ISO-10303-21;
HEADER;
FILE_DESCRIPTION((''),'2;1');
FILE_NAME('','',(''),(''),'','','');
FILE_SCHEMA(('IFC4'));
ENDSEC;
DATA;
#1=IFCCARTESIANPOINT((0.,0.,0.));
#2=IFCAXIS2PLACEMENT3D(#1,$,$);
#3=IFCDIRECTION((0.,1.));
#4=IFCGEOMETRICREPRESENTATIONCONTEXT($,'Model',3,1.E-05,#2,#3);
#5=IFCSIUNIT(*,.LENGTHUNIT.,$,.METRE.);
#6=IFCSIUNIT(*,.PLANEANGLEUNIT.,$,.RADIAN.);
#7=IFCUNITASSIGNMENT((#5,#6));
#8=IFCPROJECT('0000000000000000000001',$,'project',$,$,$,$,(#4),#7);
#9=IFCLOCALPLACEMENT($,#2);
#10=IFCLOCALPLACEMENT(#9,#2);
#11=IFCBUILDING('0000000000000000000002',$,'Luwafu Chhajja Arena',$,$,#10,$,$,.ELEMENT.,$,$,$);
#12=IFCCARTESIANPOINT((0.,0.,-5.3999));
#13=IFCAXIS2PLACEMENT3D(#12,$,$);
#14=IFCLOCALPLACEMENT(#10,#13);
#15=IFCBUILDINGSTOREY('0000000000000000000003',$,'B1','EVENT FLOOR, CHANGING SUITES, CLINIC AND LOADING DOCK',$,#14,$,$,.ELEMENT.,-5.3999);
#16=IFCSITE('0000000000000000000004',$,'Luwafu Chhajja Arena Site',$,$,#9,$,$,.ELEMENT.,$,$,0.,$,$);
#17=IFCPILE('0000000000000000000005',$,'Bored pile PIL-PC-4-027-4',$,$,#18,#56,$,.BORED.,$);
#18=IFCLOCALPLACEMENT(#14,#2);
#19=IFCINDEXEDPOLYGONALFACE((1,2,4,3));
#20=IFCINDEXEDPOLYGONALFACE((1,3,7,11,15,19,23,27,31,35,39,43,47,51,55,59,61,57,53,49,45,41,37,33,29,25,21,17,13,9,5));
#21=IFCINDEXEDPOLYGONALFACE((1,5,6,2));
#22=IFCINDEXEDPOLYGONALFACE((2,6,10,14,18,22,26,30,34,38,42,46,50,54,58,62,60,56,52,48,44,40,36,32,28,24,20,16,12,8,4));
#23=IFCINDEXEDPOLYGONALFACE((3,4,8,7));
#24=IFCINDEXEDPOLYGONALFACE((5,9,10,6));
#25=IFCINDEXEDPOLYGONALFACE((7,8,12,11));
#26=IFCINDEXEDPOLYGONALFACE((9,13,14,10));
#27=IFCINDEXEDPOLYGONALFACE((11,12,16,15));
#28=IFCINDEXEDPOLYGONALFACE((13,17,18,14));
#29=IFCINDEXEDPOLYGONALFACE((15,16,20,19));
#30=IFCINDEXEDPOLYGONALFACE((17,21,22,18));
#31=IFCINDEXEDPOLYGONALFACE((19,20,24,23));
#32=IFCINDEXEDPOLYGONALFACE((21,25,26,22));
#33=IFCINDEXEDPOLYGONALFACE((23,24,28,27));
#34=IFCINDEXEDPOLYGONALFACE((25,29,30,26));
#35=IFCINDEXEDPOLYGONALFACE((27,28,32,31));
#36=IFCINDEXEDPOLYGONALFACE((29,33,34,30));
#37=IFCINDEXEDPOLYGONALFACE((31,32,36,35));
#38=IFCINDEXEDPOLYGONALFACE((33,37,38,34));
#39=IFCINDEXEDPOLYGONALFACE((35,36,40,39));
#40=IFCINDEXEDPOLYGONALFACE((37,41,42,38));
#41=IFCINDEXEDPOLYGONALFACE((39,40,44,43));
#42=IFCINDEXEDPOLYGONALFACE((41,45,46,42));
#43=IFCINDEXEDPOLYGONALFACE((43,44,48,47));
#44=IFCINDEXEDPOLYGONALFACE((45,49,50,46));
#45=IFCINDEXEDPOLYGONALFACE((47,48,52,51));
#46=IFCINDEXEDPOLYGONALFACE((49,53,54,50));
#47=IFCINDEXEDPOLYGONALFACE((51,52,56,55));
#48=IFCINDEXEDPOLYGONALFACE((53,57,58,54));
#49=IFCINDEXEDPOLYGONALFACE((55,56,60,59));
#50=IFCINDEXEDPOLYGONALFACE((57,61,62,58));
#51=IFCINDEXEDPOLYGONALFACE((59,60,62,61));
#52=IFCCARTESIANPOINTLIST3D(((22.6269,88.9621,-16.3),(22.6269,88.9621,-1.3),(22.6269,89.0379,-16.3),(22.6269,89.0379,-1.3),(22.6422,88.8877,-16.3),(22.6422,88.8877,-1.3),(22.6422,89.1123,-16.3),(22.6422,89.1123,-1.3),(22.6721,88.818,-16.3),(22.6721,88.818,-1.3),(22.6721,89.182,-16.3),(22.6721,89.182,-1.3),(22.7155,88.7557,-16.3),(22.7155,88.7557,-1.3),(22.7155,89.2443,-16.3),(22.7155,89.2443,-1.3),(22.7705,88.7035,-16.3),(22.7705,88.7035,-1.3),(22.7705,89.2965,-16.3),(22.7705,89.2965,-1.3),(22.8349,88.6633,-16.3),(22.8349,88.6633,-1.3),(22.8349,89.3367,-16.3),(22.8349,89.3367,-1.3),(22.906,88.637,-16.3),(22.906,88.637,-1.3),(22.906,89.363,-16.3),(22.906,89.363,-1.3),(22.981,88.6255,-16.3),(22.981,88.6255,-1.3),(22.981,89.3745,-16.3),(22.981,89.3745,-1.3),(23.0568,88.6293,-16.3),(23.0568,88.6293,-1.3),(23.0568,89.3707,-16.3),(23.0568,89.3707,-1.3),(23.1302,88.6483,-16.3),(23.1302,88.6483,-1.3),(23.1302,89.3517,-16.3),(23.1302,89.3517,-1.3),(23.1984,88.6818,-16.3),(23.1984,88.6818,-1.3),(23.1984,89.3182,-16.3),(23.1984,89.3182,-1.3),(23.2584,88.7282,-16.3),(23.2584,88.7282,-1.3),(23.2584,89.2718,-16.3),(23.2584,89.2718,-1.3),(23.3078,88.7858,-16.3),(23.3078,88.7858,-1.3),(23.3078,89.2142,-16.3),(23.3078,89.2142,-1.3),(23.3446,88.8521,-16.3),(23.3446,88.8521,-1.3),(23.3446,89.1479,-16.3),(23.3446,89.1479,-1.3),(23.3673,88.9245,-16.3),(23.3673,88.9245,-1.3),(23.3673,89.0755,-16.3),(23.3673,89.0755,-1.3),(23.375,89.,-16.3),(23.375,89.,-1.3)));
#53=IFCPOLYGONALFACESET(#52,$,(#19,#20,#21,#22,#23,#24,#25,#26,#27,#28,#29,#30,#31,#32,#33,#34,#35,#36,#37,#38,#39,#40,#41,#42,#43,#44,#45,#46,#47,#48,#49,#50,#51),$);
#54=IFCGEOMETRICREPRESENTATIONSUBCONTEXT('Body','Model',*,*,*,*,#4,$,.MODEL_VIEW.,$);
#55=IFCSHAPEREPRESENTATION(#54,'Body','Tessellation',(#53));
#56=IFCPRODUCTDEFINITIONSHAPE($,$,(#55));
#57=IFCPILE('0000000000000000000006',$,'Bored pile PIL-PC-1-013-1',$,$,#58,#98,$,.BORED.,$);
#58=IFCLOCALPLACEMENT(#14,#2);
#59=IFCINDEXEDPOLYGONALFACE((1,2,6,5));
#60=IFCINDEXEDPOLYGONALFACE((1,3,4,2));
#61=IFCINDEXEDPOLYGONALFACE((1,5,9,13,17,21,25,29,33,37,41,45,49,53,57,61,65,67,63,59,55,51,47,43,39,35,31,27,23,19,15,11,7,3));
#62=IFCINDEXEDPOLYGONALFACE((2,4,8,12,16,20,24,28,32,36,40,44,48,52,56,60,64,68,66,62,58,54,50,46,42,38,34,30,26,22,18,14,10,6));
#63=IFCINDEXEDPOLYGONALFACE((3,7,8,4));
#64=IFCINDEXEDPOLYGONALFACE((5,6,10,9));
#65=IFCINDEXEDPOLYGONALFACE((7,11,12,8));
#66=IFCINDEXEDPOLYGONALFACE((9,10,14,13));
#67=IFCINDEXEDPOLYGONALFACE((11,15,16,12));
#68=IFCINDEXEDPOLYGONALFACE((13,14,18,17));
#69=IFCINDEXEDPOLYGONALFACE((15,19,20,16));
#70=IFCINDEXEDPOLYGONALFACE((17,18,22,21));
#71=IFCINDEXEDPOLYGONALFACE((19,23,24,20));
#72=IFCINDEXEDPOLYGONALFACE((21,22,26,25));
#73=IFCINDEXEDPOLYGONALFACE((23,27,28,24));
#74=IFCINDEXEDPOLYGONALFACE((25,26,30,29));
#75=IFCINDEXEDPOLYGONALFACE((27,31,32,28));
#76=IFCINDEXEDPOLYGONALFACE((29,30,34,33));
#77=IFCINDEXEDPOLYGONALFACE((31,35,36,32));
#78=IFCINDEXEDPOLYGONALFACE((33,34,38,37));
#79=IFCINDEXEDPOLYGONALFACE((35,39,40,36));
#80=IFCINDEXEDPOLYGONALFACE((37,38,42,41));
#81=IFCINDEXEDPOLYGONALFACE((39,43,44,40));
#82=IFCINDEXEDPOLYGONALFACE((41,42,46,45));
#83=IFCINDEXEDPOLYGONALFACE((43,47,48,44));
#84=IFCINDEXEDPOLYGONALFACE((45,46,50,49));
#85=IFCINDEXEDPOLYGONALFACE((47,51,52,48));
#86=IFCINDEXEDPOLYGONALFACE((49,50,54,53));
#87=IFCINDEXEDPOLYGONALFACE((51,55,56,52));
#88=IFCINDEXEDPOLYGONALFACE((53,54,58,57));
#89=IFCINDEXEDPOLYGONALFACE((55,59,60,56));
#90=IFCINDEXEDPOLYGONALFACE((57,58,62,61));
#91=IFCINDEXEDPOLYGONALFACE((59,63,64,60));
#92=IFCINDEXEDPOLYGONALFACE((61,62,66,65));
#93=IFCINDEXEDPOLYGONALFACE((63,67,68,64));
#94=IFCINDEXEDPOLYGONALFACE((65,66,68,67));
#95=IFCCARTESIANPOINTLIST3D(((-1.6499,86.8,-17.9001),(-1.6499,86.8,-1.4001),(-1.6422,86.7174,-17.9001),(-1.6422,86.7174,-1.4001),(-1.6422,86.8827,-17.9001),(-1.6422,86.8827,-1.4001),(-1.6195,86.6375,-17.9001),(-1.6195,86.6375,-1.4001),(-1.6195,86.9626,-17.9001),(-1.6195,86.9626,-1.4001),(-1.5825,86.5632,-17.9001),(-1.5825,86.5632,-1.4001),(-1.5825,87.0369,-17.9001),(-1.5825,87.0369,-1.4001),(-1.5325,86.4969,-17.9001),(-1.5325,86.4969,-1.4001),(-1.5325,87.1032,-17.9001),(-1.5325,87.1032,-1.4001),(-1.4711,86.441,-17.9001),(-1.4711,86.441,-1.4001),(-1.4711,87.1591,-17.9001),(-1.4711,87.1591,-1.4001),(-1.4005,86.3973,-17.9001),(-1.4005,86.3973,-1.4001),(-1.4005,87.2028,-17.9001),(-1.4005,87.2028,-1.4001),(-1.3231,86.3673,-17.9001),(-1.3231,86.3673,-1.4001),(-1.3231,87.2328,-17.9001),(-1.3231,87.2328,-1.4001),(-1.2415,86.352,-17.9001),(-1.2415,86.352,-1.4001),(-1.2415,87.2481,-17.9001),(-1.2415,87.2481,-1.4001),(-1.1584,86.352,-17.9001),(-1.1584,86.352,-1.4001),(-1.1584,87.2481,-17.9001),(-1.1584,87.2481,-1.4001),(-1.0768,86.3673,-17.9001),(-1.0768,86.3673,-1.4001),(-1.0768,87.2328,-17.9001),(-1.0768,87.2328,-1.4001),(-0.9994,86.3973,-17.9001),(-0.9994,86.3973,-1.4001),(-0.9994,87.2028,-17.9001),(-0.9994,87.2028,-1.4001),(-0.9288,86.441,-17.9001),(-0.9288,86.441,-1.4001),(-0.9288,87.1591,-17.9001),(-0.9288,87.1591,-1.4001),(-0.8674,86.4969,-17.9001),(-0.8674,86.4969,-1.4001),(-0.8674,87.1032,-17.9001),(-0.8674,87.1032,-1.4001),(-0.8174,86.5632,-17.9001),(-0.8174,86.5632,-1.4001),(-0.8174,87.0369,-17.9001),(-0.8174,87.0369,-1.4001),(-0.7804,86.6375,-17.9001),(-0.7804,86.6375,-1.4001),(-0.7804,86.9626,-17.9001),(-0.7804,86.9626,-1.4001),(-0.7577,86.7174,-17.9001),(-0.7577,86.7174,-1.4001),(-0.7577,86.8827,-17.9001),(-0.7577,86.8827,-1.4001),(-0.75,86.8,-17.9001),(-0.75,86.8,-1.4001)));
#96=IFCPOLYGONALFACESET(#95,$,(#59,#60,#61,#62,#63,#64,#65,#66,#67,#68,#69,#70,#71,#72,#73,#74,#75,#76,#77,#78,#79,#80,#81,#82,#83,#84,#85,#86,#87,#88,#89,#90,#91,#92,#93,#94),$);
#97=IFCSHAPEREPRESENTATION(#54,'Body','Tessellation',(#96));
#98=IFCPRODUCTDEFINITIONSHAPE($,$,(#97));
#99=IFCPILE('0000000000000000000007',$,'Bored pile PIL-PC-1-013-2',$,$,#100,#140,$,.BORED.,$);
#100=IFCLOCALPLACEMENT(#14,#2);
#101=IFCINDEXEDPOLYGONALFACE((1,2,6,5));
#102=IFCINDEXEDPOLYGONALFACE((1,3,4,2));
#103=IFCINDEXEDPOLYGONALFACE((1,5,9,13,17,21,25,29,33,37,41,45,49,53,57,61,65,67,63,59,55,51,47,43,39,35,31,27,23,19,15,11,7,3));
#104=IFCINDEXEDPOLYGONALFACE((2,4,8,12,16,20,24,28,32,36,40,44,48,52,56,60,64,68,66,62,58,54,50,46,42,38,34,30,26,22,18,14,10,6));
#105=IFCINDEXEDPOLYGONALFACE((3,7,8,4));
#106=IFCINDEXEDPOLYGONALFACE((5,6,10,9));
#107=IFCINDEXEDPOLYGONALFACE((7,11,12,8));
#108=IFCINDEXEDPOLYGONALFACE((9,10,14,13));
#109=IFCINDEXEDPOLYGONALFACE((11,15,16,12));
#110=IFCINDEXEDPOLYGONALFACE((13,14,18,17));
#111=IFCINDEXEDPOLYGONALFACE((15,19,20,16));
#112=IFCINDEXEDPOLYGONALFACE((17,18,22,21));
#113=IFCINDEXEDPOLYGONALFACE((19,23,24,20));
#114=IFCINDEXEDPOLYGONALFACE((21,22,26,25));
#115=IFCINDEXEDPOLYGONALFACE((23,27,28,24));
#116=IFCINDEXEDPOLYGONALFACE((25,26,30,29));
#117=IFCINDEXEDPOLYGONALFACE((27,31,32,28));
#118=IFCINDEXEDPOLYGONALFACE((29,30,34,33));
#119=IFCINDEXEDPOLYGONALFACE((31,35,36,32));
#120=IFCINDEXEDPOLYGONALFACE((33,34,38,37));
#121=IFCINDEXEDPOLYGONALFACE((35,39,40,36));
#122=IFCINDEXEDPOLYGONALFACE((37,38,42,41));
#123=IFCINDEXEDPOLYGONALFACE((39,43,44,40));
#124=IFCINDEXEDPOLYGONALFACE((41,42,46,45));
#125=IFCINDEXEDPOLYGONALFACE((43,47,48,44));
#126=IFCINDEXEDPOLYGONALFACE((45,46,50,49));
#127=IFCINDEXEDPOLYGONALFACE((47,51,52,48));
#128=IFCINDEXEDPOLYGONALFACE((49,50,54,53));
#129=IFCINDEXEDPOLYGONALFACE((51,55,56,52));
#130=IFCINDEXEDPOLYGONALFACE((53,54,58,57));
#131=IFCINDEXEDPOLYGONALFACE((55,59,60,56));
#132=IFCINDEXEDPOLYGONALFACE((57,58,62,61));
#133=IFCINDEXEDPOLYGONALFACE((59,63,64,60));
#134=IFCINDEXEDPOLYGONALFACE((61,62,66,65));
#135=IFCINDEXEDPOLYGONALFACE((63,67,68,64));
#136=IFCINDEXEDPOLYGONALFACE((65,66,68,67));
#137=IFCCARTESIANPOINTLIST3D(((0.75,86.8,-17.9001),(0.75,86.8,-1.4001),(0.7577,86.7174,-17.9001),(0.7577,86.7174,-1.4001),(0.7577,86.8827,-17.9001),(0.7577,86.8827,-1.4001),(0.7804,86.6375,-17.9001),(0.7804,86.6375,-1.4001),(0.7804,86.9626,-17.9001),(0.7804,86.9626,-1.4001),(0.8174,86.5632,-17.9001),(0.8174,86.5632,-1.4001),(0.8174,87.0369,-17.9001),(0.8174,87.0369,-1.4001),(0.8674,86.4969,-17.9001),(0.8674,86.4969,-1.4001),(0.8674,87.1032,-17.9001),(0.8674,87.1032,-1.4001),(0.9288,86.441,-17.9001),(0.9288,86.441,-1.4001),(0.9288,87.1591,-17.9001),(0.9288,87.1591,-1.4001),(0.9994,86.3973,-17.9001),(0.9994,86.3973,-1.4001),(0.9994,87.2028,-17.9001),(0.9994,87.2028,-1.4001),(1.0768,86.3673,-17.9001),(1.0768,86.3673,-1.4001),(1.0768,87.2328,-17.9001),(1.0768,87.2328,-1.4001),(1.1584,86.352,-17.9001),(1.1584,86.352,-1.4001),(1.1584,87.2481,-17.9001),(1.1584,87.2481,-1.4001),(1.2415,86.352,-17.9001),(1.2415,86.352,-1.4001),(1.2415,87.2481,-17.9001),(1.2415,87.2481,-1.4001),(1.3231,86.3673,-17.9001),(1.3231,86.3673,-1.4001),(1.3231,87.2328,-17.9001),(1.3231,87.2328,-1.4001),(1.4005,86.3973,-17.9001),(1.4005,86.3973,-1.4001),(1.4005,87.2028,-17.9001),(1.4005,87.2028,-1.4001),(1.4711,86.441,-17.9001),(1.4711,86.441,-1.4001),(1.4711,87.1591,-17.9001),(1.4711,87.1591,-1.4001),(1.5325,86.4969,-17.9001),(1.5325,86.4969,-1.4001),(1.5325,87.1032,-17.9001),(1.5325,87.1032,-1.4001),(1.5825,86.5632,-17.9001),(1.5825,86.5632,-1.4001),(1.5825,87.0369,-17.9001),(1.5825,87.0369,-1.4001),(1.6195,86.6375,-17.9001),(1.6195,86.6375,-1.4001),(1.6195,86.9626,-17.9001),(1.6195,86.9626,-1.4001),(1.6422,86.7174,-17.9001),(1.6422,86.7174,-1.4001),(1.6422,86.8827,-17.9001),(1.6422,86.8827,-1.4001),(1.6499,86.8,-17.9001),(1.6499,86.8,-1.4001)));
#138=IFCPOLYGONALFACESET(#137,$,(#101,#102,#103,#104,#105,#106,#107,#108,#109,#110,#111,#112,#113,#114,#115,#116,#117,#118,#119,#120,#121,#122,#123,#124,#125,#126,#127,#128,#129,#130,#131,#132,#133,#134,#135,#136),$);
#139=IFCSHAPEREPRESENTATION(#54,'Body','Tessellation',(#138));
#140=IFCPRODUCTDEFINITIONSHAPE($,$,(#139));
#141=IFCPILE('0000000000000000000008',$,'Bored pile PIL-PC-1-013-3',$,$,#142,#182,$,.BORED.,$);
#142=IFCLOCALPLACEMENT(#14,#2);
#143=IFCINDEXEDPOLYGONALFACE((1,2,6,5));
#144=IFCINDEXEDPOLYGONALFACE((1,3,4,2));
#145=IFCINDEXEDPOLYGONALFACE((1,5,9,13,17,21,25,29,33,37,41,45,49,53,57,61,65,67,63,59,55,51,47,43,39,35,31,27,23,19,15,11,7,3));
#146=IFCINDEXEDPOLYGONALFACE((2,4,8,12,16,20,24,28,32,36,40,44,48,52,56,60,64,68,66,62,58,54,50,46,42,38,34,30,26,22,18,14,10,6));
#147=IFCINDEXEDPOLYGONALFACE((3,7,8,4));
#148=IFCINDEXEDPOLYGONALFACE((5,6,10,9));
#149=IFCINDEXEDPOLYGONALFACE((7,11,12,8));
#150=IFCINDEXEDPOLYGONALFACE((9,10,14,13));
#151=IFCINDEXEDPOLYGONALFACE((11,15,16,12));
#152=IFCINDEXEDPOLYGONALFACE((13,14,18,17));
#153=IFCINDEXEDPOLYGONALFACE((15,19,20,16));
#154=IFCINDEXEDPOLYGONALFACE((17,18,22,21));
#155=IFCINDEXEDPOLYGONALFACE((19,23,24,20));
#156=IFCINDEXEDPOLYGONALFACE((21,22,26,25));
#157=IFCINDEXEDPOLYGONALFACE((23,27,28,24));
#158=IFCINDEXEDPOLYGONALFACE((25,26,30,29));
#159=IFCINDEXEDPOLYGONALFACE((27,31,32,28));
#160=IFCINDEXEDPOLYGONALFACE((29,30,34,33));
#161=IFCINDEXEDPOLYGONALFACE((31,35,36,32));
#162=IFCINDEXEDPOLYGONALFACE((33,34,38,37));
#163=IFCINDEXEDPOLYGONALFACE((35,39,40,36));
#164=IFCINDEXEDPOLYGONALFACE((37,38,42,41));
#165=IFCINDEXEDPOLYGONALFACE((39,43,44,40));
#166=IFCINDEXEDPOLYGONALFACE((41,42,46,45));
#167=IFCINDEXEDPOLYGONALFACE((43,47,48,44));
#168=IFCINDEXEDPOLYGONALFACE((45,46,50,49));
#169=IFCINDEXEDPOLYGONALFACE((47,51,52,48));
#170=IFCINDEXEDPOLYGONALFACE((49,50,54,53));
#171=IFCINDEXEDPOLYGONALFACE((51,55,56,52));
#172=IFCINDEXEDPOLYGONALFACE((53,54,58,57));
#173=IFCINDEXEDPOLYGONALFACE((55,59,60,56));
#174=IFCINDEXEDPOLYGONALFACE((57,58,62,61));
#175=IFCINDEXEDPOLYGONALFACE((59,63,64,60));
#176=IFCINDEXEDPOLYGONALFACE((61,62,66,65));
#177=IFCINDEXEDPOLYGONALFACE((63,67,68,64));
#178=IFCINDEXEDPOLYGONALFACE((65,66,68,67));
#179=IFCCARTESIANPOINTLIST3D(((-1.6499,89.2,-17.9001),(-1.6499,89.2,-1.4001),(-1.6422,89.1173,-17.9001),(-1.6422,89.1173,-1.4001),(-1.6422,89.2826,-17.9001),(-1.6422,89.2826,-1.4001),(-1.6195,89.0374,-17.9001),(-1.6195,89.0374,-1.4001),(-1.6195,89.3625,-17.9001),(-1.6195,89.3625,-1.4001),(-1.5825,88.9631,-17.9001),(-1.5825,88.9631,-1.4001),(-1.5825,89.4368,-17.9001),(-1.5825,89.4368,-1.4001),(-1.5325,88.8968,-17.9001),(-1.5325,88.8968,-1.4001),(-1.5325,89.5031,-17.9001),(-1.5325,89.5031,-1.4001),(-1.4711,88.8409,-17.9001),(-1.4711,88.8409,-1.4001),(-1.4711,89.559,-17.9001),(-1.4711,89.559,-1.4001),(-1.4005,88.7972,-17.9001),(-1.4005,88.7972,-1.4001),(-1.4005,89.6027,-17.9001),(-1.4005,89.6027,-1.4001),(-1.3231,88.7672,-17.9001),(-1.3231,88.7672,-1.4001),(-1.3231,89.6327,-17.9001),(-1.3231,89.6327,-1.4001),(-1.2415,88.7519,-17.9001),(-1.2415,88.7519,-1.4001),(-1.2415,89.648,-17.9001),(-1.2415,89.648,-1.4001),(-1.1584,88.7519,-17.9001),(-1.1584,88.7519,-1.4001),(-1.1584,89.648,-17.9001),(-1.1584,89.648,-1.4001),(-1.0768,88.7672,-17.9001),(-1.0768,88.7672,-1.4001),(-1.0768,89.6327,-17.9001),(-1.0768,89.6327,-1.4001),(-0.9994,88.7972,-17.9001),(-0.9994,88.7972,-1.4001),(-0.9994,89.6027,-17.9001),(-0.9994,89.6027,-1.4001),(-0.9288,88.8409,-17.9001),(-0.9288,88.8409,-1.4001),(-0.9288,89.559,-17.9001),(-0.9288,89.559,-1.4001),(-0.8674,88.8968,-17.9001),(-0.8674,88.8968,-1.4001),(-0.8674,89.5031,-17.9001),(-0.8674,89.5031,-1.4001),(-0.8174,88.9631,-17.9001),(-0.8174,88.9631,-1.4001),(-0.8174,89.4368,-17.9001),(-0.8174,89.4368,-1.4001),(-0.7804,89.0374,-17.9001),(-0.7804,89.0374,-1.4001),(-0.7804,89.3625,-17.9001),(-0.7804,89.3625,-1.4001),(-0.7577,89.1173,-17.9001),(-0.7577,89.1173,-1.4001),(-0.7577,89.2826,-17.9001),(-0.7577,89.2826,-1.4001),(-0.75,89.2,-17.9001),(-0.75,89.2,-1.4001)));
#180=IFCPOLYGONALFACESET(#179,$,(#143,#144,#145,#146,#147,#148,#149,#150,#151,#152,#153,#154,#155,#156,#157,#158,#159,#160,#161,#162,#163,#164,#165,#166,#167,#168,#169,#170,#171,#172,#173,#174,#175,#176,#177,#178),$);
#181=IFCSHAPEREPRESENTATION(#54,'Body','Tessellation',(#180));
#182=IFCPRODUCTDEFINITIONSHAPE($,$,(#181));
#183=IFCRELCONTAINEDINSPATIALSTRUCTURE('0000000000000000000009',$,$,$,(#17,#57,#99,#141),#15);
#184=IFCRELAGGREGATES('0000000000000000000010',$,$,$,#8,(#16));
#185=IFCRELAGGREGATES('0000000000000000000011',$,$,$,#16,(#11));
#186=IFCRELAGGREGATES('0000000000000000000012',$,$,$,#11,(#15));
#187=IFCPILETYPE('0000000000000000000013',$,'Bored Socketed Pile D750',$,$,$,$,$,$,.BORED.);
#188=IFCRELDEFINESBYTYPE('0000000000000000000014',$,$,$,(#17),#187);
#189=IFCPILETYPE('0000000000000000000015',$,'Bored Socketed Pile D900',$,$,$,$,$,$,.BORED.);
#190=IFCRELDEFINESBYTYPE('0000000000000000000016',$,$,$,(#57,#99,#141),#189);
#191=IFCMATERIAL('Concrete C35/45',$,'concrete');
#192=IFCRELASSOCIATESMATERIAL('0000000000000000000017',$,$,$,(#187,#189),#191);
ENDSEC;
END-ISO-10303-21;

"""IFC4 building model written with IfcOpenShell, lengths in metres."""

from ifc_helpers import new_model, si_unit, direction, frame, origin, origin_2d, place, context, subcontext, project, spatial, circle, extrude, material, material_profile, profile_set, type_object, element, save


model = new_model("IFC4")

# Units and contexts
model_context = context("Model", 3, precision=1e-05, world=origin(), true_north=direction((0.0, 1.0)))
body_context = subcontext(model_context, "Body", "Model", "MODEL_VIEW")
ifc_project = project(units=[si_unit("LENGTHUNIT", "METRE"), si_unit("PLANEANGLEUNIT", "RADIAN")], contexts=[model_context])

# Site, building, storey
site_placement = place(None, origin())
site = spatial("IfcSite", under=ifc_project, at=site_placement, Name="Luwafu Chhajja Arena Site", CompositionType="ELEMENT", RefElevation=0.0)
building_placement = place(site_placement, origin())
building = spatial("IfcBuilding", under=site, at=building_placement, Name="Luwafu Chhajja Arena", CompositionType="ELEMENT")
storey_placement = place(building_placement, frame((0.0, 0.0, -5.3999)))
storey = spatial("IfcBuildingStorey", under=building, at=storey_placement, Name="B1", Description="EVENT FLOOR, CHANGING SUITES, CLINIC AND LOADING DOCK", CompositionType="ELEMENT", Elevation=-5.3999)

# Piles
ifc_material_1 = material(Name="Concrete C35/45", Category="concrete")
ifc_material_profile_1 = material_profile(ifc_material_1, circle(Radius=0.375, at=origin_2d()), Name="PILE D750")
ifc_profile_set_1 = profile_set([ifc_material_profile_1], Name="Concrete C35/45")
pile_type_1 = type_object("IfcPileType", Name="Bored Socketed Pile D750", PredefinedType="BORED", material=ifc_profile_set_1)
for number, where, z_axis, x_axis, name in (
    (1, (23.0, 89.0, -1.3), (0.0, 0.0, -1.0), (1.0, 0.0, 0.0), "Bored pile PIL-PC-4-027-4"),
):
    element("IfcPile", number, at=place(storey_placement, frame(where, z_axis=z_axis, x_axis=x_axis)), inside=storey, type_object=pile_type_1, Name=name, PredefinedType="BORED", context=body_context, shape_type="SweptSolid", body=[
        extrude(circle(Radius=0.375, at=origin_2d()), origin(), (0.0, 0.0, 1.0), 15.0),
    ])
ifc_material_profile_2 = material_profile(ifc_material_1, circle(Radius=0.45, at=origin_2d()), Name="PILE D900")
ifc_profile_set_2 = profile_set([ifc_material_profile_2], Name="Concrete C35/45")
pile_type_2 = type_object("IfcPileType", Name="Bored Socketed Pile D900", PredefinedType="BORED", material=ifc_profile_set_2)
for number, where, z_axis, x_axis, name in (
    (2, (-1.2, 86.8, -1.4001), (0.0, 0.0, -1.0), (1.0, 0.0, 0.0), "Bored pile PIL-PC-1-013-1"),
    (3, (1.2, 86.8, -1.4001), (0.0, 0.0, -1.0), (1.0, 0.0, 0.0), "Bored pile PIL-PC-1-013-2"),
    (4, (-1.2, 89.2, -1.4001), (0.0, 0.0, -1.0), (1.0, 0.0, 0.0), "Bored pile PIL-PC-1-013-3"),
):
    element("IfcPile", number, at=place(storey_placement, frame(where, z_axis=z_axis, x_axis=x_axis)), inside=storey, type_object=pile_type_2, Name=name, PredefinedType="BORED", context=body_context, shape_type="SweptSolid", body=[
        extrude(circle(Radius=0.45, at=origin_2d()), origin(), (0.0, 0.0, 1.0), 16.5),
    ])

save(model, "model.ifc")
